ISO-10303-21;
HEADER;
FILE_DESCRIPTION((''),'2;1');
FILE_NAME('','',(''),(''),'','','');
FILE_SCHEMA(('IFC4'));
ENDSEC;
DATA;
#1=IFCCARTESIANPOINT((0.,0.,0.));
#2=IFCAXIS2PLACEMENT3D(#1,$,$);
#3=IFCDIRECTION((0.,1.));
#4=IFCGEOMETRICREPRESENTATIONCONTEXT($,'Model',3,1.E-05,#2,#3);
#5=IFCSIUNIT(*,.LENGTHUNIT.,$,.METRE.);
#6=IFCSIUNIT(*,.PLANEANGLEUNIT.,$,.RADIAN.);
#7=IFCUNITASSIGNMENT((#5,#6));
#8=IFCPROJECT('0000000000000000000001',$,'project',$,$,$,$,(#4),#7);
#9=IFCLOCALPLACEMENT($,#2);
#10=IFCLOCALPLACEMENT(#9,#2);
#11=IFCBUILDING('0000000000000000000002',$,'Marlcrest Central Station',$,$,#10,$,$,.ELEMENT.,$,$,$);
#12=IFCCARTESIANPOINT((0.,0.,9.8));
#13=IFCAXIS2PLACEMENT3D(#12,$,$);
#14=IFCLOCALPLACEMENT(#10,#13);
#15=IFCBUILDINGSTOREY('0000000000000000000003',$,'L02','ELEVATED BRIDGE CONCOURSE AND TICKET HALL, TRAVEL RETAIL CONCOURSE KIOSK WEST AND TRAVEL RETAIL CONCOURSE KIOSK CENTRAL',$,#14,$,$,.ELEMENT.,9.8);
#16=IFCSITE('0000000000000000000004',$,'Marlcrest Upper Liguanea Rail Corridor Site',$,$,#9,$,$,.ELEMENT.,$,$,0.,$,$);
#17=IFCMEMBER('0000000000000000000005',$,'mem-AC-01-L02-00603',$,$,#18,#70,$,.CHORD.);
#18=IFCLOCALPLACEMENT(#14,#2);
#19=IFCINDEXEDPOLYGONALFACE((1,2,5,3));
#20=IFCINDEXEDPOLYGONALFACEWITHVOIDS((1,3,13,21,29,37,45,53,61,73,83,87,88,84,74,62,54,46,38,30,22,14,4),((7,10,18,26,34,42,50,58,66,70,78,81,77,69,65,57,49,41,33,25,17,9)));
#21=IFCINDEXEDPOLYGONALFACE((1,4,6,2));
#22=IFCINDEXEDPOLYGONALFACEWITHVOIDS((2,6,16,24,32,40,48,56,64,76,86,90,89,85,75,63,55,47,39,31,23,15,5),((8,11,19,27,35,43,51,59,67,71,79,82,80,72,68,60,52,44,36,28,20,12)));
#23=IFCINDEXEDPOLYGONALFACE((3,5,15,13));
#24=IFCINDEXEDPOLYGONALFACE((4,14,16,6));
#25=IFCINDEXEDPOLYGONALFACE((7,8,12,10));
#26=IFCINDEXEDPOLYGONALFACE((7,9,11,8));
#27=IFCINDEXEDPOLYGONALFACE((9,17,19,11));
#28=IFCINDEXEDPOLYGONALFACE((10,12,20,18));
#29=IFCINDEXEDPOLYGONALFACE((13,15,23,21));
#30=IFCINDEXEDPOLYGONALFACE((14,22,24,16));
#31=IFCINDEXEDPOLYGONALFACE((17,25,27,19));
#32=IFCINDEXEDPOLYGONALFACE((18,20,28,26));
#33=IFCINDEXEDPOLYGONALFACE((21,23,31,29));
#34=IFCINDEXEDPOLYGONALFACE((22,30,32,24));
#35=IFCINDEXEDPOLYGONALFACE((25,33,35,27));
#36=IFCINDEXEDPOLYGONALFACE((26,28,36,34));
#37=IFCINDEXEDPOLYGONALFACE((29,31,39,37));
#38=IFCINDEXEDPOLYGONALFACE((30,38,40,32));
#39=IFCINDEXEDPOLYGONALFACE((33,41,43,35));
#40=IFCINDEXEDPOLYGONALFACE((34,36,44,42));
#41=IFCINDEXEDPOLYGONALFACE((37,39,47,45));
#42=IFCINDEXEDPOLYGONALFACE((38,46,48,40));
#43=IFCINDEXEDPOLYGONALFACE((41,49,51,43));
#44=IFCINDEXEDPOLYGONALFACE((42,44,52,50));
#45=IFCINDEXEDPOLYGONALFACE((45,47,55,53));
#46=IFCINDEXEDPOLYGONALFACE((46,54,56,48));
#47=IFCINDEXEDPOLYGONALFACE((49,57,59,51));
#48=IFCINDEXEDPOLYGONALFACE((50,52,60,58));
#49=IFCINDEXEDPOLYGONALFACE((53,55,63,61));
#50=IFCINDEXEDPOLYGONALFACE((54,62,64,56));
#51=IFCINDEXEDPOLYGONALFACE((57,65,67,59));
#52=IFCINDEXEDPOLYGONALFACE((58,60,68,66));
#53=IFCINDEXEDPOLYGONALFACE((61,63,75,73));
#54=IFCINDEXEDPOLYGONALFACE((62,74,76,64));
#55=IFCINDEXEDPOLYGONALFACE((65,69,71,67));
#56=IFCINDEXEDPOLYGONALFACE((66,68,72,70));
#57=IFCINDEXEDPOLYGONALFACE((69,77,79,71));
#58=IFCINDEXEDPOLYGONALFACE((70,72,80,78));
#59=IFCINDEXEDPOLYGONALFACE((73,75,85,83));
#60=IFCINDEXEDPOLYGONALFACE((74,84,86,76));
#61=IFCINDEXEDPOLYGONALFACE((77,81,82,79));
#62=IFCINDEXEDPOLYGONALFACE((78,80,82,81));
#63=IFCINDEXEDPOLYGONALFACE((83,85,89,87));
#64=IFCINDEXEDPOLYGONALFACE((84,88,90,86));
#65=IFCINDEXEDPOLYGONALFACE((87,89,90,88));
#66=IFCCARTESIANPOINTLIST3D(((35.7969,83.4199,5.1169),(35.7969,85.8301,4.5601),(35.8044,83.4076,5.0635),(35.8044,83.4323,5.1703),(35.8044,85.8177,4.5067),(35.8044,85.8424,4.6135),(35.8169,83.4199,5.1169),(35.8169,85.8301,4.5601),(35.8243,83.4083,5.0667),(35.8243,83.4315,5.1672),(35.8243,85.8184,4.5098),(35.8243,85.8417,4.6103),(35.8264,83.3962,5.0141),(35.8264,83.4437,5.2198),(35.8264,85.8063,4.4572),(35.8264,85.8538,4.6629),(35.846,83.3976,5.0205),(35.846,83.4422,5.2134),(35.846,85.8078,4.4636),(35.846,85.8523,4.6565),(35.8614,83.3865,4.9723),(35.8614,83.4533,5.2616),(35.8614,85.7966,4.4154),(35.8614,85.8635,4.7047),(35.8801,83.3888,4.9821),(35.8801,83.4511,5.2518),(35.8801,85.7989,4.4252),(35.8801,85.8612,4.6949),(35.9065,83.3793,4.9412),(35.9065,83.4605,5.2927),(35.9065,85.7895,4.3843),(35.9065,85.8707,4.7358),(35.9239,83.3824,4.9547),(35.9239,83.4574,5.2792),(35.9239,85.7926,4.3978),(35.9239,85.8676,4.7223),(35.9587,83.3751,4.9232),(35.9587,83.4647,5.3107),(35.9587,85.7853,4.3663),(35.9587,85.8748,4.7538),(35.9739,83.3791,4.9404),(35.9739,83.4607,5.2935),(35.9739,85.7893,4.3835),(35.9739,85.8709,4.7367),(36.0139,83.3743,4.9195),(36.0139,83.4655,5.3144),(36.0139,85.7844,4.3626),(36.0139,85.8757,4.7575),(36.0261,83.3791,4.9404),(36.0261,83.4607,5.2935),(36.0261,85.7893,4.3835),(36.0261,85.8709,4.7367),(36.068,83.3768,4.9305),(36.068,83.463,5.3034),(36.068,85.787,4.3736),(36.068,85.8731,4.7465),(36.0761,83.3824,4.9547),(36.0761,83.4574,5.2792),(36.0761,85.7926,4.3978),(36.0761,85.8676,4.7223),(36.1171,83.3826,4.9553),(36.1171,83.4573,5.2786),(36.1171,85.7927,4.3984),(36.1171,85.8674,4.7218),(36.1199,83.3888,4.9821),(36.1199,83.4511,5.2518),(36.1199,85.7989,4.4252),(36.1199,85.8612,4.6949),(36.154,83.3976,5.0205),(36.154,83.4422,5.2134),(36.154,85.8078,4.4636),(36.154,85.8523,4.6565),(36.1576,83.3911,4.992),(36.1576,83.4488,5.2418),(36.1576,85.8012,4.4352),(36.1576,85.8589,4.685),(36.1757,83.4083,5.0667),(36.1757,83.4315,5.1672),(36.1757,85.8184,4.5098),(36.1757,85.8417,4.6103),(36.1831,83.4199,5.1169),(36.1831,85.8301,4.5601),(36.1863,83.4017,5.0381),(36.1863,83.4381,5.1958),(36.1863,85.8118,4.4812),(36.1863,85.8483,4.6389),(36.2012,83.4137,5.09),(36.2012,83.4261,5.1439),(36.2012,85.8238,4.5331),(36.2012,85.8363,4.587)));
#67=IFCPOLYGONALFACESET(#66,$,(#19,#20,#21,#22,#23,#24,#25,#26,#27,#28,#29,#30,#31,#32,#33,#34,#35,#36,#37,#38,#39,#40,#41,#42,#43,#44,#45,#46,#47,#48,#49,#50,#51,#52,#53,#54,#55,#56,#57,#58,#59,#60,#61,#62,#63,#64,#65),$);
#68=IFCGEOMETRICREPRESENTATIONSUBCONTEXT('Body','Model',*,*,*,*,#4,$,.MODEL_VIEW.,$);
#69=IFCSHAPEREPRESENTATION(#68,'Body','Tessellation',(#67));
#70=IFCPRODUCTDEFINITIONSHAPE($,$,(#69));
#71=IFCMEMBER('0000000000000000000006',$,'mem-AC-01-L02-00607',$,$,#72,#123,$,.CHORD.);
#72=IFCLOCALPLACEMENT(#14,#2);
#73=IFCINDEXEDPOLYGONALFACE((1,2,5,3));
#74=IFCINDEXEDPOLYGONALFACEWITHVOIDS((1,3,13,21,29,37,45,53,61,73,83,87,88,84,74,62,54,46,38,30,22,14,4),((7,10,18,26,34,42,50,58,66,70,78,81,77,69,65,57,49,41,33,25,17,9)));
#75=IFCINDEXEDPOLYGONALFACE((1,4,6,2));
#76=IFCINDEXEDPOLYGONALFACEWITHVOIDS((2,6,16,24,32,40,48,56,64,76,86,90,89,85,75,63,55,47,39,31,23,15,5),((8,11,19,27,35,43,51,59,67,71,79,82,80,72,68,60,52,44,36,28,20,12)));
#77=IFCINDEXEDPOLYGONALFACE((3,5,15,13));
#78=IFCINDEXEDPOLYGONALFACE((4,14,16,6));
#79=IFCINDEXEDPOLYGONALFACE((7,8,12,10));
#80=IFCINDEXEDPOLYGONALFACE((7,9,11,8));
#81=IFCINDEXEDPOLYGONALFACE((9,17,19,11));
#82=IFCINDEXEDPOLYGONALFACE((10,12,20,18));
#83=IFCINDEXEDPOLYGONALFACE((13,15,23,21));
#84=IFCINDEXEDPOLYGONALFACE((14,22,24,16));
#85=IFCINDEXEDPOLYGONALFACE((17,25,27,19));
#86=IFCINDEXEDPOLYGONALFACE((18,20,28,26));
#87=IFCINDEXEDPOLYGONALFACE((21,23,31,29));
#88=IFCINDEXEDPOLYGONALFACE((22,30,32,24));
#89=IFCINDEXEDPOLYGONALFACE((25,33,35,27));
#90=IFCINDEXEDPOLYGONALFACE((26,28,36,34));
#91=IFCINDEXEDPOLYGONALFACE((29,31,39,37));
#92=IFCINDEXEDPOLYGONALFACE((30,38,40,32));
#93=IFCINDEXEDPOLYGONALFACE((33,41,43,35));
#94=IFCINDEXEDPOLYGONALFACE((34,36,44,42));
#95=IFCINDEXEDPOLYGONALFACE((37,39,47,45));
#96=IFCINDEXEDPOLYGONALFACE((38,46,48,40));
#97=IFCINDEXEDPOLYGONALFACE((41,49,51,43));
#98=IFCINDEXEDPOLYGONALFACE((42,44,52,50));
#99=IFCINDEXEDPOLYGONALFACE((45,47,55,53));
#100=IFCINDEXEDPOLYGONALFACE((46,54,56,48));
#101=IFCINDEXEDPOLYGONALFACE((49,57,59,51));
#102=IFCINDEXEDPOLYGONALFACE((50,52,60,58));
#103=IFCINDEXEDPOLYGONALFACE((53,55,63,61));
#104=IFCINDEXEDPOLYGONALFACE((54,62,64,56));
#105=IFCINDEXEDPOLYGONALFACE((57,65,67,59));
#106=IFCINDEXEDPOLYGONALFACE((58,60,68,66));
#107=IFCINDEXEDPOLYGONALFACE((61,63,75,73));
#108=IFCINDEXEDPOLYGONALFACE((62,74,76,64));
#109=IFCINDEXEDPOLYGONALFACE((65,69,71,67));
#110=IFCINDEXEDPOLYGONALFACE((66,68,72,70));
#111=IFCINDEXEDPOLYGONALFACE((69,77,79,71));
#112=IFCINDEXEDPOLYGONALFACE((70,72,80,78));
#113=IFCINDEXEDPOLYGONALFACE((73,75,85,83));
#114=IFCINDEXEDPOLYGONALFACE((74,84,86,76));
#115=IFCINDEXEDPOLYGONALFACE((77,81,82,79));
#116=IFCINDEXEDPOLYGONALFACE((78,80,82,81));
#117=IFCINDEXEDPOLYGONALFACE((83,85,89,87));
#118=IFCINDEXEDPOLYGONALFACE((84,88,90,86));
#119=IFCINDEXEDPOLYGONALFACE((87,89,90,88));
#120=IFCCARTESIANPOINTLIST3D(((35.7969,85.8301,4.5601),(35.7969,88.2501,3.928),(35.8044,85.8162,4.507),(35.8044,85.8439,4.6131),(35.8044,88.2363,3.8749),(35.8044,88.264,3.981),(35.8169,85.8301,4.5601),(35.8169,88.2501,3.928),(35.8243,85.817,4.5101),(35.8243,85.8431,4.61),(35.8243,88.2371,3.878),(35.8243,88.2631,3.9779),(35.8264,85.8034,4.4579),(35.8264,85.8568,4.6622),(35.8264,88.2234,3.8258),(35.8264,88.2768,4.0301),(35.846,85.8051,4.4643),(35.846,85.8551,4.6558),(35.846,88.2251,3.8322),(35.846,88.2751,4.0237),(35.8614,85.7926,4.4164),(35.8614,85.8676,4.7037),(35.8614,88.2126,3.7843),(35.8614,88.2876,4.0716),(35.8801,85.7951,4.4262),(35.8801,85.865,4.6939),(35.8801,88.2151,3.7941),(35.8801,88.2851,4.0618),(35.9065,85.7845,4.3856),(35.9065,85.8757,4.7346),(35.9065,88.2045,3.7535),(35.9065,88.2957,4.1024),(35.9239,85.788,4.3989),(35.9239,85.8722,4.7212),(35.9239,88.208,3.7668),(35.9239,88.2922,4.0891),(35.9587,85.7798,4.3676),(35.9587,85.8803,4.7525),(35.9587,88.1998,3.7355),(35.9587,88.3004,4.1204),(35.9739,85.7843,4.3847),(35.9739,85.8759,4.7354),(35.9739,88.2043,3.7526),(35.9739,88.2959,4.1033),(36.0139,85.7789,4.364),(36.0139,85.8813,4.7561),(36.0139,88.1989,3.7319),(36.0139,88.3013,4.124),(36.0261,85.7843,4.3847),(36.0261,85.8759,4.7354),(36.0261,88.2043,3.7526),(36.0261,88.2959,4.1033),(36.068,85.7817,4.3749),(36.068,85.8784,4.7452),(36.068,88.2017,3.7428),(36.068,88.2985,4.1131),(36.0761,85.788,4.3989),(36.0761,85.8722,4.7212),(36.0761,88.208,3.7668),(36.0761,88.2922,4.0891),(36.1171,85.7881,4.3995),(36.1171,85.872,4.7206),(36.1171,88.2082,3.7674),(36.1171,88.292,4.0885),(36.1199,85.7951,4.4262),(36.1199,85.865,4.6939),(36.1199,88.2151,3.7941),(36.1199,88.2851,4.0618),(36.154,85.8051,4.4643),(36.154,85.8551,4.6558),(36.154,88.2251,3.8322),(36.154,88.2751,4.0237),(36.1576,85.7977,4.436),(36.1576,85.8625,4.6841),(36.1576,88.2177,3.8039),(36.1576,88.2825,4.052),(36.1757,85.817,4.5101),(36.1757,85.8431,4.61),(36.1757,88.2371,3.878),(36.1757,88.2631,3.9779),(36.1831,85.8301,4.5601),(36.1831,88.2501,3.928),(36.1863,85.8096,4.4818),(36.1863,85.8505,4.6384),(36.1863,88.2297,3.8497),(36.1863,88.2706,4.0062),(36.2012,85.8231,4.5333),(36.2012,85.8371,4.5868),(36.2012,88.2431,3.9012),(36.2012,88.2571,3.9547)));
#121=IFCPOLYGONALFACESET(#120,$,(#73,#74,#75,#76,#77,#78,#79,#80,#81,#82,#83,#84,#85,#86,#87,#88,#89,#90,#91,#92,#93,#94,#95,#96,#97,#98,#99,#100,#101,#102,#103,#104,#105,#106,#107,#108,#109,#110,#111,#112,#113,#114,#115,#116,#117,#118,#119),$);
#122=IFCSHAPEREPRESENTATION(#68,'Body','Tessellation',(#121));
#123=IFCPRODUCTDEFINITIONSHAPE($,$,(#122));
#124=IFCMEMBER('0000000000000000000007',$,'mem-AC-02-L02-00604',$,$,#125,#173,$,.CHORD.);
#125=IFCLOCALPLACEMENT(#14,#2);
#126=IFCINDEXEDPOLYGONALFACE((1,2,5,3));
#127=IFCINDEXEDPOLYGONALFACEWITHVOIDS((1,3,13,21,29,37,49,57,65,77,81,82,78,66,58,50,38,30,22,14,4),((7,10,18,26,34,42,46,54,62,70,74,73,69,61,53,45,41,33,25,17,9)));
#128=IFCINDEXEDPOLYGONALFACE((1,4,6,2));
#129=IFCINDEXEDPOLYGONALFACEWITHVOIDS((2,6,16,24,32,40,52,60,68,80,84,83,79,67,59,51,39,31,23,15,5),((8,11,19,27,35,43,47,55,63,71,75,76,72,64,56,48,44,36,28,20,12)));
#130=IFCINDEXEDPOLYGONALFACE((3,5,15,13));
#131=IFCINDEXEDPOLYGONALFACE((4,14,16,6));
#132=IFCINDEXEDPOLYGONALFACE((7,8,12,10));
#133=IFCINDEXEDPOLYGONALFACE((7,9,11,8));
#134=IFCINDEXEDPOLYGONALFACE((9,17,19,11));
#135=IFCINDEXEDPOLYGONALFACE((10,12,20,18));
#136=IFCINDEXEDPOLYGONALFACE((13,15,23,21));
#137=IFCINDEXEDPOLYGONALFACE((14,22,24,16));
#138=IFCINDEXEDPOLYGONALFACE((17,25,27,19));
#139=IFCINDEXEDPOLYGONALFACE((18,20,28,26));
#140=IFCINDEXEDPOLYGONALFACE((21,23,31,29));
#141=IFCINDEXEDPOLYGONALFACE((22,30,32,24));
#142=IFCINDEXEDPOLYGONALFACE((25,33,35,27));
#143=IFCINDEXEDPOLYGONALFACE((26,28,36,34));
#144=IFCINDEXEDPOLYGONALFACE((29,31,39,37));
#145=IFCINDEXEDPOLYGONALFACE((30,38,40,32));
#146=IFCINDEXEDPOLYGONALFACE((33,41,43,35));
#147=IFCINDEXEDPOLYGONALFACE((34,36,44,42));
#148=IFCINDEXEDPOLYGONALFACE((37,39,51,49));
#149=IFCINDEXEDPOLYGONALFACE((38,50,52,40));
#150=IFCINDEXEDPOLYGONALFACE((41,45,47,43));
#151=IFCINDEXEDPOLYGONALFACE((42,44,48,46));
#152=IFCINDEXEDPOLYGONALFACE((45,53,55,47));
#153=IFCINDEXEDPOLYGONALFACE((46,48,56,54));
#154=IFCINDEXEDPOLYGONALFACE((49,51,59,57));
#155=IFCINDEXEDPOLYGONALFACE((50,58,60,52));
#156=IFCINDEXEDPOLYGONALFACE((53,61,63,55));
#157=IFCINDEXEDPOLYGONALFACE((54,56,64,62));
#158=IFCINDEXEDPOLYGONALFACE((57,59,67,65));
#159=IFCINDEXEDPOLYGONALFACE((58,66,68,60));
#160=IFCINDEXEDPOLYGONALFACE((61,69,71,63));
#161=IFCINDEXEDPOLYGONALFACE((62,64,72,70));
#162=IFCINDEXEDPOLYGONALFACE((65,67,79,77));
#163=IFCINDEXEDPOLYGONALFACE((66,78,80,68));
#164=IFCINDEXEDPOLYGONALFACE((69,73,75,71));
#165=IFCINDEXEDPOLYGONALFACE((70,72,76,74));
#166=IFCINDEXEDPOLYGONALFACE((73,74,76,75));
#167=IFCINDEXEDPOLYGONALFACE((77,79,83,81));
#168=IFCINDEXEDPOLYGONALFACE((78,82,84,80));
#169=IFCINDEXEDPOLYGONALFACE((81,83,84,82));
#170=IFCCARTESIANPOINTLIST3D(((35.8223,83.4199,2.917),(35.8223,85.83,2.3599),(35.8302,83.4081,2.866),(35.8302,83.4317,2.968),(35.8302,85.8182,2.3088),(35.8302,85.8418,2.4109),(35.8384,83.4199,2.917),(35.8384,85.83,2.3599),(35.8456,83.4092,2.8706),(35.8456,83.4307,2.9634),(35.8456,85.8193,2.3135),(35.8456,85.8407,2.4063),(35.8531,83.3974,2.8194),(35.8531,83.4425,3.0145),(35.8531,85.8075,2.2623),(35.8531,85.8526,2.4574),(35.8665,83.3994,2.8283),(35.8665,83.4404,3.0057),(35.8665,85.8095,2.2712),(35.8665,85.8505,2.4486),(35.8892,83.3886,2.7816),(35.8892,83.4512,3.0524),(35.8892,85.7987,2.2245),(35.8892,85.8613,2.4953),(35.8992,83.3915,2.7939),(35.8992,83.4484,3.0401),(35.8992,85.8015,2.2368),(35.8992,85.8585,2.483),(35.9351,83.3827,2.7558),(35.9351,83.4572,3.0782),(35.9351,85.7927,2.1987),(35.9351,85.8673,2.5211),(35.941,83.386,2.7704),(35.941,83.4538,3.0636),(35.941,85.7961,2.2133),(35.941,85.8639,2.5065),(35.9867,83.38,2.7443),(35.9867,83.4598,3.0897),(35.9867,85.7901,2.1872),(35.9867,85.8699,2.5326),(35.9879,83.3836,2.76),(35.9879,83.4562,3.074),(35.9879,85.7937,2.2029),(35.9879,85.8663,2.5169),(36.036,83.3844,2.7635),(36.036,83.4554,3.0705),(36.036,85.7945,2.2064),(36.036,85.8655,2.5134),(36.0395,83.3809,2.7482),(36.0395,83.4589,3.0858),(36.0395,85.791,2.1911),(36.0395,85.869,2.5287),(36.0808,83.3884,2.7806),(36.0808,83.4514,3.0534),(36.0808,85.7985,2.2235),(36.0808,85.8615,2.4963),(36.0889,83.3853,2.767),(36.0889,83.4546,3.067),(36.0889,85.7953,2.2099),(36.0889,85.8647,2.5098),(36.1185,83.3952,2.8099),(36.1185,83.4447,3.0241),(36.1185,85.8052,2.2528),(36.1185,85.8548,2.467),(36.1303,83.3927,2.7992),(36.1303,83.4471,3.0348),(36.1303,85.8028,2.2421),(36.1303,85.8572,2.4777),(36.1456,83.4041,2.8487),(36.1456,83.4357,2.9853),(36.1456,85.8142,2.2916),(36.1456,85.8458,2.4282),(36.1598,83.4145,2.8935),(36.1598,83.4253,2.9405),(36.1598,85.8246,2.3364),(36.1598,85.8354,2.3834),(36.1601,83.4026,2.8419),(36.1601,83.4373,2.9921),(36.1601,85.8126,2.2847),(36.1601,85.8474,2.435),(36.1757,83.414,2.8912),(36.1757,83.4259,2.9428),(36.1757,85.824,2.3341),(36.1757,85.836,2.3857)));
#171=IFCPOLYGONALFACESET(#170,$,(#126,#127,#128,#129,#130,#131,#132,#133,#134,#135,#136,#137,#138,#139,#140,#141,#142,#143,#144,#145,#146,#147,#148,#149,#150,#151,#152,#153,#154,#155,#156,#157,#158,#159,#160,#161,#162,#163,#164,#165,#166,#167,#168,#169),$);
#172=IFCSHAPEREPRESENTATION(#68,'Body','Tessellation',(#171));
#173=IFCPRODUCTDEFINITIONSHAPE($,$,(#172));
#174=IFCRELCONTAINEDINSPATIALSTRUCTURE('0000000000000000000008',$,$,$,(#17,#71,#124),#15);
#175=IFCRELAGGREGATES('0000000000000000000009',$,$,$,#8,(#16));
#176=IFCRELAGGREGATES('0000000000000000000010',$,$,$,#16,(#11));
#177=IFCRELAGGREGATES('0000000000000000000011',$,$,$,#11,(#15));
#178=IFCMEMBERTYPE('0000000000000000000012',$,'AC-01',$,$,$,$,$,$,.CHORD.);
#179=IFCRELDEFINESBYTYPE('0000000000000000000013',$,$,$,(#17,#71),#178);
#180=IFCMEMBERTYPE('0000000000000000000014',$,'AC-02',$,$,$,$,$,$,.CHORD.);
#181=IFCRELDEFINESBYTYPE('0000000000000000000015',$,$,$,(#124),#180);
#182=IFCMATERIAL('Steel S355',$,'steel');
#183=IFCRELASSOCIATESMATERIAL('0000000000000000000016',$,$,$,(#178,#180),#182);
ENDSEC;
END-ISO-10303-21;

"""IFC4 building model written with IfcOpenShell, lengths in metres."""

from ifc_helpers import new_model, si_unit, direction, frame, origin, origin_2d, place, context, subcontext, project, spatial, hollow_circle, extrude, material, material_profile, profile_set, type_object, element, save


model = new_model("IFC4")

# Units and contexts
model_context = context("Model", 3, precision=1e-05, world=origin(), true_north=direction((0.0, 1.0)))
body_context = subcontext(model_context, "Body", "Model", "MODEL_VIEW")
ifc_project = project(units=[si_unit("LENGTHUNIT", "METRE"), si_unit("PLANEANGLEUNIT", "RADIAN")], contexts=[model_context])

# Site, building, storey
site_placement = place(None, origin())
site = spatial("IfcSite", under=ifc_project, at=site_placement, Name="Marlcrest Upper Liguanea Rail Corridor Site", CompositionType="ELEMENT", RefElevation=0.0)
building_placement = place(site_placement, origin())
building = spatial("IfcBuilding", under=site, at=building_placement, Name="Marlcrest Central Station", CompositionType="ELEMENT")
storey_placement = place(building_placement, frame((0.0, 0.0, 9.8)))
storey = spatial("IfcBuildingStorey", under=building, at=storey_placement, Name="L02", Description="ELEVATED BRIDGE CONCOURSE AND TICKET HALL, TRAVEL RETAIL CONCOURSE KIOSK WEST AND TRAVEL RETAIL CONCOURSE KIOSK CENTRAL", CompositionType="ELEMENT", Elevation=9.8)

# Members
ifc_material_1 = material(Name="Steel S355", Category="steel")
ifc_material_profile_1 = material_profile(ifc_material_1, hollow_circle(Radius=0.2031, WallThickness=0.02, at=origin_2d()), Name="CHS 406.4x20")
ifc_profile_set_1 = profile_set([ifc_material_profile_1], Name="Steel S355")
member_type_1 = type_object("IfcMemberType", Name="AC-01", PredefinedType="CHORD", material=ifc_profile_set_1)
member_1_placement = place(storey_placement, frame((36.0, 83.4199, 5.1169), z_axis=(0.0, 0.97433, -0.225126), x_axis=(-1.0, 0.0, 0.0)))
element("IfcMember", 1, at=member_1_placement, inside=storey, type_object=member_type_1, Name="mem-AC-01-L02-00603", PredefinedType="CHORD", context=body_context, shape_type="SweptSolid", body=[
    extrude(hollow_circle(Radius=0.2031, WallThickness=0.02, at=origin_2d()), origin(), (0.0, 0.0, 1.0), 2.4736),
])
member_2_placement = place(storey_placement, frame((36.0, 85.8301, 4.5601), z_axis=(0.0, 0.967539, -0.25272), x_axis=(-1.0, 0.0, 0.0)))
element("IfcMember", 2, at=member_2_placement, inside=storey, type_object=member_type_1, Name="mem-AC-01-L02-00607", PredefinedType="CHORD", context=body_context, shape_type="SweptSolid", body=[
    extrude(hollow_circle(Radius=0.2031, WallThickness=0.02, at=origin_2d()), origin(), (0.0, 0.0, 1.0), 2.5012),
])
ifc_material_profile_2 = material_profile(ifc_material_1, hollow_circle(Radius=0.1777, WallThickness=0.0161, at=origin_2d()), Name="CHS 355.6x16")
ifc_profile_set_2 = profile_set([ifc_material_profile_2], Name="Steel S355")
member_type_2 = type_object("IfcMemberType", Name="AC-02", PredefinedType="CHORD", material=ifc_profile_set_2)
member_3_placement = place(storey_placement, frame((36.0, 83.4199, 2.917), z_axis=(0.0, 0.974308, -0.22522), x_axis=(-1.0, 0.0, 0.0)))
element("IfcMember", 3, at=member_3_placement, inside=storey, type_object=member_type_2, Name="mem-AC-02-L02-00604", PredefinedType="CHORD", context=body_context, shape_type="SweptSolid", body=[
    extrude(hollow_circle(Radius=0.1777, WallThickness=0.0161, at=origin_2d()), origin(), (0.0, 0.0, 1.0), 2.4736),
])

save(model, "model.ifc")
